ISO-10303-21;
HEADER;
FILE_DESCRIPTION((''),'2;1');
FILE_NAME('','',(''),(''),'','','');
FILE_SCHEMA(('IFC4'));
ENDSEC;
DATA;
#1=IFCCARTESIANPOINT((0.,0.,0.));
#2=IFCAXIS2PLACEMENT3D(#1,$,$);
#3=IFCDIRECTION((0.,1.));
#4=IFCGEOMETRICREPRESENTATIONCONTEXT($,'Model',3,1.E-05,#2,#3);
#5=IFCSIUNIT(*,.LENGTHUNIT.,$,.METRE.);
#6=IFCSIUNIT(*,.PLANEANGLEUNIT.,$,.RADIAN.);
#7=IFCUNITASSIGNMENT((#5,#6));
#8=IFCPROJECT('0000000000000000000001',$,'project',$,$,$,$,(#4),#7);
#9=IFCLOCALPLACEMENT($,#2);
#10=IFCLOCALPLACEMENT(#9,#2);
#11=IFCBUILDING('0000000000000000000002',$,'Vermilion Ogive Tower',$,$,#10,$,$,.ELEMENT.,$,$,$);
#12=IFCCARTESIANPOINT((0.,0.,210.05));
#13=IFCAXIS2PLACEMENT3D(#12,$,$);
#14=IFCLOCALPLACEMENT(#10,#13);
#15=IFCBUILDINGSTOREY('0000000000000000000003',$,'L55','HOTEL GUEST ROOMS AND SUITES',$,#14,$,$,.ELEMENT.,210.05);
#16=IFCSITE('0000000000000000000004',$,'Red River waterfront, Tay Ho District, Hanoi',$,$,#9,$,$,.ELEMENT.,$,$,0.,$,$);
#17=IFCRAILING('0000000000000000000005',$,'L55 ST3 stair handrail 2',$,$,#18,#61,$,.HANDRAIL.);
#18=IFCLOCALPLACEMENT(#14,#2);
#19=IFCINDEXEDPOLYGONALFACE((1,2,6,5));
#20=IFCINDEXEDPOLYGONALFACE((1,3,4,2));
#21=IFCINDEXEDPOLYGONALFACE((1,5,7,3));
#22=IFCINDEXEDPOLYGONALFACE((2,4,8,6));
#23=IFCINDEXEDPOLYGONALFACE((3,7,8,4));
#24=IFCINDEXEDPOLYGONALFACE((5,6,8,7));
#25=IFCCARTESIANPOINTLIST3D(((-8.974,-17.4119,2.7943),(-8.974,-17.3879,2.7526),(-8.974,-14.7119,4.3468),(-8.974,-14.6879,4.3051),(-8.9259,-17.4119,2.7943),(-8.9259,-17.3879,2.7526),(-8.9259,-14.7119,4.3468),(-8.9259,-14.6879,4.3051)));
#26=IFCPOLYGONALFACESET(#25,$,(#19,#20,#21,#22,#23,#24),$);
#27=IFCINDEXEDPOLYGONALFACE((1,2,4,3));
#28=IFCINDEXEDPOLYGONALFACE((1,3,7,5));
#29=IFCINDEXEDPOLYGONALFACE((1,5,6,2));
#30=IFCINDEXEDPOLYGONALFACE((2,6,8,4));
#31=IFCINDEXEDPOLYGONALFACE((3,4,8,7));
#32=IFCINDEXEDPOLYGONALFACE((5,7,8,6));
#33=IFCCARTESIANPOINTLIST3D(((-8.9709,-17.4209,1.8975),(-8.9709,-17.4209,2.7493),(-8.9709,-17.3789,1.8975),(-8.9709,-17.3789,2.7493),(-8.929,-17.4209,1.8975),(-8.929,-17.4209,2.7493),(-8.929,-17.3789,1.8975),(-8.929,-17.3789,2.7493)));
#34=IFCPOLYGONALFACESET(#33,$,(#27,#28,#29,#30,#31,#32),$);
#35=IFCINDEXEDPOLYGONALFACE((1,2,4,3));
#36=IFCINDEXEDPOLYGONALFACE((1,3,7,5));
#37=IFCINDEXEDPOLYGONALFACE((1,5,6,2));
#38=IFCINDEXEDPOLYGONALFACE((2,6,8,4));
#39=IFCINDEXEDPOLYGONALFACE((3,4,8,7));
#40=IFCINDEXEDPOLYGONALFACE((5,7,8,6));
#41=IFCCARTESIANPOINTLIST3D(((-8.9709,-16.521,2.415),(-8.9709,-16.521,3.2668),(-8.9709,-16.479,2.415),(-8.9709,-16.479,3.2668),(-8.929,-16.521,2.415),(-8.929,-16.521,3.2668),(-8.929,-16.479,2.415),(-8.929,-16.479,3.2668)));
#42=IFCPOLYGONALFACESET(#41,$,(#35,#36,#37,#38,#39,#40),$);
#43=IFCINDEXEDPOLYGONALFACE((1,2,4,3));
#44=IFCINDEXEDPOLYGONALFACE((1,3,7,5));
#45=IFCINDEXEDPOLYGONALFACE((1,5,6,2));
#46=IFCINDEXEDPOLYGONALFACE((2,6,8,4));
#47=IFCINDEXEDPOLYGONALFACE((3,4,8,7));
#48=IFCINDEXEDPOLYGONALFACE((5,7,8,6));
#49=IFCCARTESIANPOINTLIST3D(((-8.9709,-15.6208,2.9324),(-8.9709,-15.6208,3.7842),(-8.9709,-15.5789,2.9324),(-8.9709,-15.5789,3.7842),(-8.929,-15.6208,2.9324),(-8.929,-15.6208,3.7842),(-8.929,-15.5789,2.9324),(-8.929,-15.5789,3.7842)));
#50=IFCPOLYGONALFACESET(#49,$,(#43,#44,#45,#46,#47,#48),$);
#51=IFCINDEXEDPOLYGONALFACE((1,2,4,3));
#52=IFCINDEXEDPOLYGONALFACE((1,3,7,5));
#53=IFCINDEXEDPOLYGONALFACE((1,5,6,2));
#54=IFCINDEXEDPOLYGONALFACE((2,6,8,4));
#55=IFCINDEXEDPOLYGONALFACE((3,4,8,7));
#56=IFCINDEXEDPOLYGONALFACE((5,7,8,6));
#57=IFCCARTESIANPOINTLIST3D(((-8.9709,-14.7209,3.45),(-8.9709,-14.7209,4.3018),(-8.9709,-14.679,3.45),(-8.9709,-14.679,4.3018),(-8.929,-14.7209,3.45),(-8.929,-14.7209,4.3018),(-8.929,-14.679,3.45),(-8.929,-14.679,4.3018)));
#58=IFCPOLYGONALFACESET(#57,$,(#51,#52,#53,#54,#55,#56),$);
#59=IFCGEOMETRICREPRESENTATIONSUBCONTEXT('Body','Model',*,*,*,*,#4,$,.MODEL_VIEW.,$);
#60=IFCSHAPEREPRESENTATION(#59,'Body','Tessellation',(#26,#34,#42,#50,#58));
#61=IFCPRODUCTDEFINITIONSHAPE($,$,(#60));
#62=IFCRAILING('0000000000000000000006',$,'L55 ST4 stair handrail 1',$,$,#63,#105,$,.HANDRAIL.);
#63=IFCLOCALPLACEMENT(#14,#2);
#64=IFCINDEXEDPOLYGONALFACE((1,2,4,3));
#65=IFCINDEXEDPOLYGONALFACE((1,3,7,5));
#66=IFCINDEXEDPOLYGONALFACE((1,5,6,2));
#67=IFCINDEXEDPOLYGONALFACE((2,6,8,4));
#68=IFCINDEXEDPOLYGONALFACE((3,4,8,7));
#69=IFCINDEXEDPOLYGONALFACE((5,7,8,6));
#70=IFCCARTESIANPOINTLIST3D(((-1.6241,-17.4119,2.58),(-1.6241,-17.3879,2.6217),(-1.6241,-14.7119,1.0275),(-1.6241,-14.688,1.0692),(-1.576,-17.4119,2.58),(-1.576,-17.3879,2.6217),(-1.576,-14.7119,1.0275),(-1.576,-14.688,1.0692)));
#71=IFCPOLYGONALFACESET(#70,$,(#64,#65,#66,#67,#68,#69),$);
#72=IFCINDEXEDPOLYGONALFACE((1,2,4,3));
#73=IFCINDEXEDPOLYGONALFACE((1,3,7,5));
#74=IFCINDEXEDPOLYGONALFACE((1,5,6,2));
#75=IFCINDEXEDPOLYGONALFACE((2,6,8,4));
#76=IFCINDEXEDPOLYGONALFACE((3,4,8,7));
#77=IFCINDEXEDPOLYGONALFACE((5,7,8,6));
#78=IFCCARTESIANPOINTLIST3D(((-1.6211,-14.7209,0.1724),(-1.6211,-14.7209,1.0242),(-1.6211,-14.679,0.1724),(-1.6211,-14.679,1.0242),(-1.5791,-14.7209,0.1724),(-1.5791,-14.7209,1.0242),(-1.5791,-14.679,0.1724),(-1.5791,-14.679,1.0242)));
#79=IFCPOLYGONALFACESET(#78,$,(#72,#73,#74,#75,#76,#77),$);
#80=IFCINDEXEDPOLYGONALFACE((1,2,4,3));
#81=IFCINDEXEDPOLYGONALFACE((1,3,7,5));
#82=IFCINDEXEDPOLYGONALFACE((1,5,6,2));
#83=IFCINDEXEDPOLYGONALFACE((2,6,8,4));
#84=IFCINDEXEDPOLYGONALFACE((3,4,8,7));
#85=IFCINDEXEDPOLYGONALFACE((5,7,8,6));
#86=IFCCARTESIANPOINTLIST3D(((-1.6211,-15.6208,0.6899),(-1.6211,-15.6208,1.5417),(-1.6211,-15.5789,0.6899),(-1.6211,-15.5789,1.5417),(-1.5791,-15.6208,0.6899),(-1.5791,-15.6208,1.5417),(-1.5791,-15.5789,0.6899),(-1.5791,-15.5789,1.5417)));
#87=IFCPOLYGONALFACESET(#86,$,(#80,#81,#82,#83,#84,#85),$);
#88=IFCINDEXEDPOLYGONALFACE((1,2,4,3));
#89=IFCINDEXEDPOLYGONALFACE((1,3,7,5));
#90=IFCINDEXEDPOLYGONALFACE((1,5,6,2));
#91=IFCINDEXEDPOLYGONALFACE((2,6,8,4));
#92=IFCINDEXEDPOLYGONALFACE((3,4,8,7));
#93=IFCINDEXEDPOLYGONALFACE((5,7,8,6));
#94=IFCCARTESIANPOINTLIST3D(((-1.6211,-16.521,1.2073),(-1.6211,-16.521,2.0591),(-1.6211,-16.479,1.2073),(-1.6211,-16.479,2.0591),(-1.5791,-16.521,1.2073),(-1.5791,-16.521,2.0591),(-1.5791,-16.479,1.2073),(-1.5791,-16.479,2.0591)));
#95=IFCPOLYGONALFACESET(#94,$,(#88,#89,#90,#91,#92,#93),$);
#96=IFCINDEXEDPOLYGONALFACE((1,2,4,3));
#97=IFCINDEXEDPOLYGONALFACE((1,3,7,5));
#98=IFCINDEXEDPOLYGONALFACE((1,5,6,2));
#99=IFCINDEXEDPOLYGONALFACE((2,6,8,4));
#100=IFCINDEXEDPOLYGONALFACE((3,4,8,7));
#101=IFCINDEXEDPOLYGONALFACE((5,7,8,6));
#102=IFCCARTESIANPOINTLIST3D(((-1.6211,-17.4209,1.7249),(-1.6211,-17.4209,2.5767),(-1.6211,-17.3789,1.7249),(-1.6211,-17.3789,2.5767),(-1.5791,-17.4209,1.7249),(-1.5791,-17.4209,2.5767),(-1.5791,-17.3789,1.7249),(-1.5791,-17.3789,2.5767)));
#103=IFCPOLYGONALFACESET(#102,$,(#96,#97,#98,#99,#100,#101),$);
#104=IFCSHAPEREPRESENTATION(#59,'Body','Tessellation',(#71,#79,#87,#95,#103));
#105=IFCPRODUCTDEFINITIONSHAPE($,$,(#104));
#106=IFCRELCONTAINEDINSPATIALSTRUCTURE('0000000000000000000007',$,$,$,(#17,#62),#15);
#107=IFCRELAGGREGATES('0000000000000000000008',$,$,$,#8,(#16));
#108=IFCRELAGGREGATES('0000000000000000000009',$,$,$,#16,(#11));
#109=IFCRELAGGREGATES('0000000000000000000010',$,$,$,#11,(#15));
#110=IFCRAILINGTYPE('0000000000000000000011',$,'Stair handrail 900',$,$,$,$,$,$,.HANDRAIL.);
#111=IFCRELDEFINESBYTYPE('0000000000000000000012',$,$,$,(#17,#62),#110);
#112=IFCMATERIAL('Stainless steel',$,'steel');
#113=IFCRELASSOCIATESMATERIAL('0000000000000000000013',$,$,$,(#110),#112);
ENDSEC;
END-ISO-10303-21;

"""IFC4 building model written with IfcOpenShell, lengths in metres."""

from ifc_helpers import new_model, si_unit, direction, frame, origin, origin_2d, place, context, subcontext, project, spatial, rectangle, extrude, material, type_object, element, save


model = new_model("IFC4")

# Units and contexts
model_context = context("Model", 3, precision=1e-05, world=origin(), true_north=direction((0.0, 1.0)))
body_context = subcontext(model_context, "Body", "Model", "MODEL_VIEW")
ifc_project = project(units=[si_unit("LENGTHUNIT", "METRE"), si_unit("PLANEANGLEUNIT", "RADIAN")], contexts=[model_context])

# Site, building, storey
site_placement = place(None, origin())
site = spatial("IfcSite", under=ifc_project, at=site_placement, Name="Red River waterfront, Tay Ho District, Hanoi", CompositionType="ELEMENT", RefElevation=0.0)
building_placement = place(site_placement, origin())
building = spatial("IfcBuilding", under=site, at=building_placement, Name="Vermilion Ogive Tower", CompositionType="ELEMENT")
storey_placement = place(building_placement, frame((0.0, 0.0, 210.05)))
storey = spatial("IfcBuildingStorey", under=building, at=storey_placement, Name="L55", Description="HOTEL GUEST ROOMS AND SUITES", CompositionType="ELEMENT", Elevation=210.05)

# Railings
ifc_material_1 = material(Name="Stainless steel", Category="steel")
railing_type_1 = type_object("IfcRailingType", Name="Stair handrail 900", PredefinedType="HANDRAIL", material=ifc_material_1)
railing_1_placement = place(storey_placement, frame((-8.95, -17.3999, 1.8975)))
element("IfcRailing", 1, at=railing_1_placement, inside=storey, type_object=railing_type_1, Name="L55 ST3 stair handrail 2", PredefinedType="HANDRAIL", context=body_context, shape_type="SweptSolid", body=[
    extrude(rectangle(XDim=0.0481, YDim=0.0481, at=origin_2d()), frame((0.0, 0.0, 0.876), z_axis=(0.0, 0.866904, 0.498476), x_axis=(-1.0, 0.0, 0.0)), (0.0, 0.0, 1.0), 3.1145),
    extrude(rectangle(XDim=0.042, YDim=0.042, at=origin_2d()), origin(), (0.0, 0.0, 1.0), 0.8518),
    extrude(rectangle(XDim=0.042, YDim=0.042, at=origin_2d()), frame((0.0, 0.8999, 0.5176)), (0.0, 0.0, 1.0), 0.8518),
    extrude(rectangle(XDim=0.042, YDim=0.042, at=origin_2d()), frame((0.0, 1.8, 1.0349)), (0.0, 0.0, 1.0), 0.8518),
    extrude(rectangle(XDim=0.042, YDim=0.042, at=origin_2d()), frame((0.0, 2.7, 1.5525)), (0.0, 0.0, 1.0), 0.8518),
])
railing_2_placement = place(storey_placement, frame((-1.6001, -14.7, 0.1724)))
element("IfcRailing", 2, at=railing_2_placement, inside=storey, type_object=railing_type_1, Name="L55 ST4 stair handrail 1", PredefinedType="HANDRAIL", context=body_context, shape_type="SweptSolid", body=[
    extrude(rectangle(XDim=0.0481, YDim=0.0481, at=origin_2d()), frame((0.0, 0.0, 0.876), z_axis=(0.0, -0.866904, 0.498476), x_axis=(1.0, 0.0, 0.0)), (0.0, 0.0, 1.0), 3.1145),
    extrude(rectangle(XDim=0.042, YDim=0.042, at=origin_2d()), origin(), (0.0, 0.0, 1.0), 0.8518),
    extrude(rectangle(XDim=0.042, YDim=0.042, at=origin_2d()), frame((0.0, -0.8999, 0.5176)), (0.0, 0.0, 1.0), 0.8518),
    extrude(rectangle(XDim=0.042, YDim=0.042, at=origin_2d()), frame((0.0, -1.8, 1.0349)), (0.0, 0.0, 1.0), 0.8518),
    extrude(rectangle(XDim=0.042, YDim=0.042, at=origin_2d()), frame((0.0, -2.7, 1.5525)), (0.0, 0.0, 1.0), 0.8518),
])

save(model, "model.ifc")
